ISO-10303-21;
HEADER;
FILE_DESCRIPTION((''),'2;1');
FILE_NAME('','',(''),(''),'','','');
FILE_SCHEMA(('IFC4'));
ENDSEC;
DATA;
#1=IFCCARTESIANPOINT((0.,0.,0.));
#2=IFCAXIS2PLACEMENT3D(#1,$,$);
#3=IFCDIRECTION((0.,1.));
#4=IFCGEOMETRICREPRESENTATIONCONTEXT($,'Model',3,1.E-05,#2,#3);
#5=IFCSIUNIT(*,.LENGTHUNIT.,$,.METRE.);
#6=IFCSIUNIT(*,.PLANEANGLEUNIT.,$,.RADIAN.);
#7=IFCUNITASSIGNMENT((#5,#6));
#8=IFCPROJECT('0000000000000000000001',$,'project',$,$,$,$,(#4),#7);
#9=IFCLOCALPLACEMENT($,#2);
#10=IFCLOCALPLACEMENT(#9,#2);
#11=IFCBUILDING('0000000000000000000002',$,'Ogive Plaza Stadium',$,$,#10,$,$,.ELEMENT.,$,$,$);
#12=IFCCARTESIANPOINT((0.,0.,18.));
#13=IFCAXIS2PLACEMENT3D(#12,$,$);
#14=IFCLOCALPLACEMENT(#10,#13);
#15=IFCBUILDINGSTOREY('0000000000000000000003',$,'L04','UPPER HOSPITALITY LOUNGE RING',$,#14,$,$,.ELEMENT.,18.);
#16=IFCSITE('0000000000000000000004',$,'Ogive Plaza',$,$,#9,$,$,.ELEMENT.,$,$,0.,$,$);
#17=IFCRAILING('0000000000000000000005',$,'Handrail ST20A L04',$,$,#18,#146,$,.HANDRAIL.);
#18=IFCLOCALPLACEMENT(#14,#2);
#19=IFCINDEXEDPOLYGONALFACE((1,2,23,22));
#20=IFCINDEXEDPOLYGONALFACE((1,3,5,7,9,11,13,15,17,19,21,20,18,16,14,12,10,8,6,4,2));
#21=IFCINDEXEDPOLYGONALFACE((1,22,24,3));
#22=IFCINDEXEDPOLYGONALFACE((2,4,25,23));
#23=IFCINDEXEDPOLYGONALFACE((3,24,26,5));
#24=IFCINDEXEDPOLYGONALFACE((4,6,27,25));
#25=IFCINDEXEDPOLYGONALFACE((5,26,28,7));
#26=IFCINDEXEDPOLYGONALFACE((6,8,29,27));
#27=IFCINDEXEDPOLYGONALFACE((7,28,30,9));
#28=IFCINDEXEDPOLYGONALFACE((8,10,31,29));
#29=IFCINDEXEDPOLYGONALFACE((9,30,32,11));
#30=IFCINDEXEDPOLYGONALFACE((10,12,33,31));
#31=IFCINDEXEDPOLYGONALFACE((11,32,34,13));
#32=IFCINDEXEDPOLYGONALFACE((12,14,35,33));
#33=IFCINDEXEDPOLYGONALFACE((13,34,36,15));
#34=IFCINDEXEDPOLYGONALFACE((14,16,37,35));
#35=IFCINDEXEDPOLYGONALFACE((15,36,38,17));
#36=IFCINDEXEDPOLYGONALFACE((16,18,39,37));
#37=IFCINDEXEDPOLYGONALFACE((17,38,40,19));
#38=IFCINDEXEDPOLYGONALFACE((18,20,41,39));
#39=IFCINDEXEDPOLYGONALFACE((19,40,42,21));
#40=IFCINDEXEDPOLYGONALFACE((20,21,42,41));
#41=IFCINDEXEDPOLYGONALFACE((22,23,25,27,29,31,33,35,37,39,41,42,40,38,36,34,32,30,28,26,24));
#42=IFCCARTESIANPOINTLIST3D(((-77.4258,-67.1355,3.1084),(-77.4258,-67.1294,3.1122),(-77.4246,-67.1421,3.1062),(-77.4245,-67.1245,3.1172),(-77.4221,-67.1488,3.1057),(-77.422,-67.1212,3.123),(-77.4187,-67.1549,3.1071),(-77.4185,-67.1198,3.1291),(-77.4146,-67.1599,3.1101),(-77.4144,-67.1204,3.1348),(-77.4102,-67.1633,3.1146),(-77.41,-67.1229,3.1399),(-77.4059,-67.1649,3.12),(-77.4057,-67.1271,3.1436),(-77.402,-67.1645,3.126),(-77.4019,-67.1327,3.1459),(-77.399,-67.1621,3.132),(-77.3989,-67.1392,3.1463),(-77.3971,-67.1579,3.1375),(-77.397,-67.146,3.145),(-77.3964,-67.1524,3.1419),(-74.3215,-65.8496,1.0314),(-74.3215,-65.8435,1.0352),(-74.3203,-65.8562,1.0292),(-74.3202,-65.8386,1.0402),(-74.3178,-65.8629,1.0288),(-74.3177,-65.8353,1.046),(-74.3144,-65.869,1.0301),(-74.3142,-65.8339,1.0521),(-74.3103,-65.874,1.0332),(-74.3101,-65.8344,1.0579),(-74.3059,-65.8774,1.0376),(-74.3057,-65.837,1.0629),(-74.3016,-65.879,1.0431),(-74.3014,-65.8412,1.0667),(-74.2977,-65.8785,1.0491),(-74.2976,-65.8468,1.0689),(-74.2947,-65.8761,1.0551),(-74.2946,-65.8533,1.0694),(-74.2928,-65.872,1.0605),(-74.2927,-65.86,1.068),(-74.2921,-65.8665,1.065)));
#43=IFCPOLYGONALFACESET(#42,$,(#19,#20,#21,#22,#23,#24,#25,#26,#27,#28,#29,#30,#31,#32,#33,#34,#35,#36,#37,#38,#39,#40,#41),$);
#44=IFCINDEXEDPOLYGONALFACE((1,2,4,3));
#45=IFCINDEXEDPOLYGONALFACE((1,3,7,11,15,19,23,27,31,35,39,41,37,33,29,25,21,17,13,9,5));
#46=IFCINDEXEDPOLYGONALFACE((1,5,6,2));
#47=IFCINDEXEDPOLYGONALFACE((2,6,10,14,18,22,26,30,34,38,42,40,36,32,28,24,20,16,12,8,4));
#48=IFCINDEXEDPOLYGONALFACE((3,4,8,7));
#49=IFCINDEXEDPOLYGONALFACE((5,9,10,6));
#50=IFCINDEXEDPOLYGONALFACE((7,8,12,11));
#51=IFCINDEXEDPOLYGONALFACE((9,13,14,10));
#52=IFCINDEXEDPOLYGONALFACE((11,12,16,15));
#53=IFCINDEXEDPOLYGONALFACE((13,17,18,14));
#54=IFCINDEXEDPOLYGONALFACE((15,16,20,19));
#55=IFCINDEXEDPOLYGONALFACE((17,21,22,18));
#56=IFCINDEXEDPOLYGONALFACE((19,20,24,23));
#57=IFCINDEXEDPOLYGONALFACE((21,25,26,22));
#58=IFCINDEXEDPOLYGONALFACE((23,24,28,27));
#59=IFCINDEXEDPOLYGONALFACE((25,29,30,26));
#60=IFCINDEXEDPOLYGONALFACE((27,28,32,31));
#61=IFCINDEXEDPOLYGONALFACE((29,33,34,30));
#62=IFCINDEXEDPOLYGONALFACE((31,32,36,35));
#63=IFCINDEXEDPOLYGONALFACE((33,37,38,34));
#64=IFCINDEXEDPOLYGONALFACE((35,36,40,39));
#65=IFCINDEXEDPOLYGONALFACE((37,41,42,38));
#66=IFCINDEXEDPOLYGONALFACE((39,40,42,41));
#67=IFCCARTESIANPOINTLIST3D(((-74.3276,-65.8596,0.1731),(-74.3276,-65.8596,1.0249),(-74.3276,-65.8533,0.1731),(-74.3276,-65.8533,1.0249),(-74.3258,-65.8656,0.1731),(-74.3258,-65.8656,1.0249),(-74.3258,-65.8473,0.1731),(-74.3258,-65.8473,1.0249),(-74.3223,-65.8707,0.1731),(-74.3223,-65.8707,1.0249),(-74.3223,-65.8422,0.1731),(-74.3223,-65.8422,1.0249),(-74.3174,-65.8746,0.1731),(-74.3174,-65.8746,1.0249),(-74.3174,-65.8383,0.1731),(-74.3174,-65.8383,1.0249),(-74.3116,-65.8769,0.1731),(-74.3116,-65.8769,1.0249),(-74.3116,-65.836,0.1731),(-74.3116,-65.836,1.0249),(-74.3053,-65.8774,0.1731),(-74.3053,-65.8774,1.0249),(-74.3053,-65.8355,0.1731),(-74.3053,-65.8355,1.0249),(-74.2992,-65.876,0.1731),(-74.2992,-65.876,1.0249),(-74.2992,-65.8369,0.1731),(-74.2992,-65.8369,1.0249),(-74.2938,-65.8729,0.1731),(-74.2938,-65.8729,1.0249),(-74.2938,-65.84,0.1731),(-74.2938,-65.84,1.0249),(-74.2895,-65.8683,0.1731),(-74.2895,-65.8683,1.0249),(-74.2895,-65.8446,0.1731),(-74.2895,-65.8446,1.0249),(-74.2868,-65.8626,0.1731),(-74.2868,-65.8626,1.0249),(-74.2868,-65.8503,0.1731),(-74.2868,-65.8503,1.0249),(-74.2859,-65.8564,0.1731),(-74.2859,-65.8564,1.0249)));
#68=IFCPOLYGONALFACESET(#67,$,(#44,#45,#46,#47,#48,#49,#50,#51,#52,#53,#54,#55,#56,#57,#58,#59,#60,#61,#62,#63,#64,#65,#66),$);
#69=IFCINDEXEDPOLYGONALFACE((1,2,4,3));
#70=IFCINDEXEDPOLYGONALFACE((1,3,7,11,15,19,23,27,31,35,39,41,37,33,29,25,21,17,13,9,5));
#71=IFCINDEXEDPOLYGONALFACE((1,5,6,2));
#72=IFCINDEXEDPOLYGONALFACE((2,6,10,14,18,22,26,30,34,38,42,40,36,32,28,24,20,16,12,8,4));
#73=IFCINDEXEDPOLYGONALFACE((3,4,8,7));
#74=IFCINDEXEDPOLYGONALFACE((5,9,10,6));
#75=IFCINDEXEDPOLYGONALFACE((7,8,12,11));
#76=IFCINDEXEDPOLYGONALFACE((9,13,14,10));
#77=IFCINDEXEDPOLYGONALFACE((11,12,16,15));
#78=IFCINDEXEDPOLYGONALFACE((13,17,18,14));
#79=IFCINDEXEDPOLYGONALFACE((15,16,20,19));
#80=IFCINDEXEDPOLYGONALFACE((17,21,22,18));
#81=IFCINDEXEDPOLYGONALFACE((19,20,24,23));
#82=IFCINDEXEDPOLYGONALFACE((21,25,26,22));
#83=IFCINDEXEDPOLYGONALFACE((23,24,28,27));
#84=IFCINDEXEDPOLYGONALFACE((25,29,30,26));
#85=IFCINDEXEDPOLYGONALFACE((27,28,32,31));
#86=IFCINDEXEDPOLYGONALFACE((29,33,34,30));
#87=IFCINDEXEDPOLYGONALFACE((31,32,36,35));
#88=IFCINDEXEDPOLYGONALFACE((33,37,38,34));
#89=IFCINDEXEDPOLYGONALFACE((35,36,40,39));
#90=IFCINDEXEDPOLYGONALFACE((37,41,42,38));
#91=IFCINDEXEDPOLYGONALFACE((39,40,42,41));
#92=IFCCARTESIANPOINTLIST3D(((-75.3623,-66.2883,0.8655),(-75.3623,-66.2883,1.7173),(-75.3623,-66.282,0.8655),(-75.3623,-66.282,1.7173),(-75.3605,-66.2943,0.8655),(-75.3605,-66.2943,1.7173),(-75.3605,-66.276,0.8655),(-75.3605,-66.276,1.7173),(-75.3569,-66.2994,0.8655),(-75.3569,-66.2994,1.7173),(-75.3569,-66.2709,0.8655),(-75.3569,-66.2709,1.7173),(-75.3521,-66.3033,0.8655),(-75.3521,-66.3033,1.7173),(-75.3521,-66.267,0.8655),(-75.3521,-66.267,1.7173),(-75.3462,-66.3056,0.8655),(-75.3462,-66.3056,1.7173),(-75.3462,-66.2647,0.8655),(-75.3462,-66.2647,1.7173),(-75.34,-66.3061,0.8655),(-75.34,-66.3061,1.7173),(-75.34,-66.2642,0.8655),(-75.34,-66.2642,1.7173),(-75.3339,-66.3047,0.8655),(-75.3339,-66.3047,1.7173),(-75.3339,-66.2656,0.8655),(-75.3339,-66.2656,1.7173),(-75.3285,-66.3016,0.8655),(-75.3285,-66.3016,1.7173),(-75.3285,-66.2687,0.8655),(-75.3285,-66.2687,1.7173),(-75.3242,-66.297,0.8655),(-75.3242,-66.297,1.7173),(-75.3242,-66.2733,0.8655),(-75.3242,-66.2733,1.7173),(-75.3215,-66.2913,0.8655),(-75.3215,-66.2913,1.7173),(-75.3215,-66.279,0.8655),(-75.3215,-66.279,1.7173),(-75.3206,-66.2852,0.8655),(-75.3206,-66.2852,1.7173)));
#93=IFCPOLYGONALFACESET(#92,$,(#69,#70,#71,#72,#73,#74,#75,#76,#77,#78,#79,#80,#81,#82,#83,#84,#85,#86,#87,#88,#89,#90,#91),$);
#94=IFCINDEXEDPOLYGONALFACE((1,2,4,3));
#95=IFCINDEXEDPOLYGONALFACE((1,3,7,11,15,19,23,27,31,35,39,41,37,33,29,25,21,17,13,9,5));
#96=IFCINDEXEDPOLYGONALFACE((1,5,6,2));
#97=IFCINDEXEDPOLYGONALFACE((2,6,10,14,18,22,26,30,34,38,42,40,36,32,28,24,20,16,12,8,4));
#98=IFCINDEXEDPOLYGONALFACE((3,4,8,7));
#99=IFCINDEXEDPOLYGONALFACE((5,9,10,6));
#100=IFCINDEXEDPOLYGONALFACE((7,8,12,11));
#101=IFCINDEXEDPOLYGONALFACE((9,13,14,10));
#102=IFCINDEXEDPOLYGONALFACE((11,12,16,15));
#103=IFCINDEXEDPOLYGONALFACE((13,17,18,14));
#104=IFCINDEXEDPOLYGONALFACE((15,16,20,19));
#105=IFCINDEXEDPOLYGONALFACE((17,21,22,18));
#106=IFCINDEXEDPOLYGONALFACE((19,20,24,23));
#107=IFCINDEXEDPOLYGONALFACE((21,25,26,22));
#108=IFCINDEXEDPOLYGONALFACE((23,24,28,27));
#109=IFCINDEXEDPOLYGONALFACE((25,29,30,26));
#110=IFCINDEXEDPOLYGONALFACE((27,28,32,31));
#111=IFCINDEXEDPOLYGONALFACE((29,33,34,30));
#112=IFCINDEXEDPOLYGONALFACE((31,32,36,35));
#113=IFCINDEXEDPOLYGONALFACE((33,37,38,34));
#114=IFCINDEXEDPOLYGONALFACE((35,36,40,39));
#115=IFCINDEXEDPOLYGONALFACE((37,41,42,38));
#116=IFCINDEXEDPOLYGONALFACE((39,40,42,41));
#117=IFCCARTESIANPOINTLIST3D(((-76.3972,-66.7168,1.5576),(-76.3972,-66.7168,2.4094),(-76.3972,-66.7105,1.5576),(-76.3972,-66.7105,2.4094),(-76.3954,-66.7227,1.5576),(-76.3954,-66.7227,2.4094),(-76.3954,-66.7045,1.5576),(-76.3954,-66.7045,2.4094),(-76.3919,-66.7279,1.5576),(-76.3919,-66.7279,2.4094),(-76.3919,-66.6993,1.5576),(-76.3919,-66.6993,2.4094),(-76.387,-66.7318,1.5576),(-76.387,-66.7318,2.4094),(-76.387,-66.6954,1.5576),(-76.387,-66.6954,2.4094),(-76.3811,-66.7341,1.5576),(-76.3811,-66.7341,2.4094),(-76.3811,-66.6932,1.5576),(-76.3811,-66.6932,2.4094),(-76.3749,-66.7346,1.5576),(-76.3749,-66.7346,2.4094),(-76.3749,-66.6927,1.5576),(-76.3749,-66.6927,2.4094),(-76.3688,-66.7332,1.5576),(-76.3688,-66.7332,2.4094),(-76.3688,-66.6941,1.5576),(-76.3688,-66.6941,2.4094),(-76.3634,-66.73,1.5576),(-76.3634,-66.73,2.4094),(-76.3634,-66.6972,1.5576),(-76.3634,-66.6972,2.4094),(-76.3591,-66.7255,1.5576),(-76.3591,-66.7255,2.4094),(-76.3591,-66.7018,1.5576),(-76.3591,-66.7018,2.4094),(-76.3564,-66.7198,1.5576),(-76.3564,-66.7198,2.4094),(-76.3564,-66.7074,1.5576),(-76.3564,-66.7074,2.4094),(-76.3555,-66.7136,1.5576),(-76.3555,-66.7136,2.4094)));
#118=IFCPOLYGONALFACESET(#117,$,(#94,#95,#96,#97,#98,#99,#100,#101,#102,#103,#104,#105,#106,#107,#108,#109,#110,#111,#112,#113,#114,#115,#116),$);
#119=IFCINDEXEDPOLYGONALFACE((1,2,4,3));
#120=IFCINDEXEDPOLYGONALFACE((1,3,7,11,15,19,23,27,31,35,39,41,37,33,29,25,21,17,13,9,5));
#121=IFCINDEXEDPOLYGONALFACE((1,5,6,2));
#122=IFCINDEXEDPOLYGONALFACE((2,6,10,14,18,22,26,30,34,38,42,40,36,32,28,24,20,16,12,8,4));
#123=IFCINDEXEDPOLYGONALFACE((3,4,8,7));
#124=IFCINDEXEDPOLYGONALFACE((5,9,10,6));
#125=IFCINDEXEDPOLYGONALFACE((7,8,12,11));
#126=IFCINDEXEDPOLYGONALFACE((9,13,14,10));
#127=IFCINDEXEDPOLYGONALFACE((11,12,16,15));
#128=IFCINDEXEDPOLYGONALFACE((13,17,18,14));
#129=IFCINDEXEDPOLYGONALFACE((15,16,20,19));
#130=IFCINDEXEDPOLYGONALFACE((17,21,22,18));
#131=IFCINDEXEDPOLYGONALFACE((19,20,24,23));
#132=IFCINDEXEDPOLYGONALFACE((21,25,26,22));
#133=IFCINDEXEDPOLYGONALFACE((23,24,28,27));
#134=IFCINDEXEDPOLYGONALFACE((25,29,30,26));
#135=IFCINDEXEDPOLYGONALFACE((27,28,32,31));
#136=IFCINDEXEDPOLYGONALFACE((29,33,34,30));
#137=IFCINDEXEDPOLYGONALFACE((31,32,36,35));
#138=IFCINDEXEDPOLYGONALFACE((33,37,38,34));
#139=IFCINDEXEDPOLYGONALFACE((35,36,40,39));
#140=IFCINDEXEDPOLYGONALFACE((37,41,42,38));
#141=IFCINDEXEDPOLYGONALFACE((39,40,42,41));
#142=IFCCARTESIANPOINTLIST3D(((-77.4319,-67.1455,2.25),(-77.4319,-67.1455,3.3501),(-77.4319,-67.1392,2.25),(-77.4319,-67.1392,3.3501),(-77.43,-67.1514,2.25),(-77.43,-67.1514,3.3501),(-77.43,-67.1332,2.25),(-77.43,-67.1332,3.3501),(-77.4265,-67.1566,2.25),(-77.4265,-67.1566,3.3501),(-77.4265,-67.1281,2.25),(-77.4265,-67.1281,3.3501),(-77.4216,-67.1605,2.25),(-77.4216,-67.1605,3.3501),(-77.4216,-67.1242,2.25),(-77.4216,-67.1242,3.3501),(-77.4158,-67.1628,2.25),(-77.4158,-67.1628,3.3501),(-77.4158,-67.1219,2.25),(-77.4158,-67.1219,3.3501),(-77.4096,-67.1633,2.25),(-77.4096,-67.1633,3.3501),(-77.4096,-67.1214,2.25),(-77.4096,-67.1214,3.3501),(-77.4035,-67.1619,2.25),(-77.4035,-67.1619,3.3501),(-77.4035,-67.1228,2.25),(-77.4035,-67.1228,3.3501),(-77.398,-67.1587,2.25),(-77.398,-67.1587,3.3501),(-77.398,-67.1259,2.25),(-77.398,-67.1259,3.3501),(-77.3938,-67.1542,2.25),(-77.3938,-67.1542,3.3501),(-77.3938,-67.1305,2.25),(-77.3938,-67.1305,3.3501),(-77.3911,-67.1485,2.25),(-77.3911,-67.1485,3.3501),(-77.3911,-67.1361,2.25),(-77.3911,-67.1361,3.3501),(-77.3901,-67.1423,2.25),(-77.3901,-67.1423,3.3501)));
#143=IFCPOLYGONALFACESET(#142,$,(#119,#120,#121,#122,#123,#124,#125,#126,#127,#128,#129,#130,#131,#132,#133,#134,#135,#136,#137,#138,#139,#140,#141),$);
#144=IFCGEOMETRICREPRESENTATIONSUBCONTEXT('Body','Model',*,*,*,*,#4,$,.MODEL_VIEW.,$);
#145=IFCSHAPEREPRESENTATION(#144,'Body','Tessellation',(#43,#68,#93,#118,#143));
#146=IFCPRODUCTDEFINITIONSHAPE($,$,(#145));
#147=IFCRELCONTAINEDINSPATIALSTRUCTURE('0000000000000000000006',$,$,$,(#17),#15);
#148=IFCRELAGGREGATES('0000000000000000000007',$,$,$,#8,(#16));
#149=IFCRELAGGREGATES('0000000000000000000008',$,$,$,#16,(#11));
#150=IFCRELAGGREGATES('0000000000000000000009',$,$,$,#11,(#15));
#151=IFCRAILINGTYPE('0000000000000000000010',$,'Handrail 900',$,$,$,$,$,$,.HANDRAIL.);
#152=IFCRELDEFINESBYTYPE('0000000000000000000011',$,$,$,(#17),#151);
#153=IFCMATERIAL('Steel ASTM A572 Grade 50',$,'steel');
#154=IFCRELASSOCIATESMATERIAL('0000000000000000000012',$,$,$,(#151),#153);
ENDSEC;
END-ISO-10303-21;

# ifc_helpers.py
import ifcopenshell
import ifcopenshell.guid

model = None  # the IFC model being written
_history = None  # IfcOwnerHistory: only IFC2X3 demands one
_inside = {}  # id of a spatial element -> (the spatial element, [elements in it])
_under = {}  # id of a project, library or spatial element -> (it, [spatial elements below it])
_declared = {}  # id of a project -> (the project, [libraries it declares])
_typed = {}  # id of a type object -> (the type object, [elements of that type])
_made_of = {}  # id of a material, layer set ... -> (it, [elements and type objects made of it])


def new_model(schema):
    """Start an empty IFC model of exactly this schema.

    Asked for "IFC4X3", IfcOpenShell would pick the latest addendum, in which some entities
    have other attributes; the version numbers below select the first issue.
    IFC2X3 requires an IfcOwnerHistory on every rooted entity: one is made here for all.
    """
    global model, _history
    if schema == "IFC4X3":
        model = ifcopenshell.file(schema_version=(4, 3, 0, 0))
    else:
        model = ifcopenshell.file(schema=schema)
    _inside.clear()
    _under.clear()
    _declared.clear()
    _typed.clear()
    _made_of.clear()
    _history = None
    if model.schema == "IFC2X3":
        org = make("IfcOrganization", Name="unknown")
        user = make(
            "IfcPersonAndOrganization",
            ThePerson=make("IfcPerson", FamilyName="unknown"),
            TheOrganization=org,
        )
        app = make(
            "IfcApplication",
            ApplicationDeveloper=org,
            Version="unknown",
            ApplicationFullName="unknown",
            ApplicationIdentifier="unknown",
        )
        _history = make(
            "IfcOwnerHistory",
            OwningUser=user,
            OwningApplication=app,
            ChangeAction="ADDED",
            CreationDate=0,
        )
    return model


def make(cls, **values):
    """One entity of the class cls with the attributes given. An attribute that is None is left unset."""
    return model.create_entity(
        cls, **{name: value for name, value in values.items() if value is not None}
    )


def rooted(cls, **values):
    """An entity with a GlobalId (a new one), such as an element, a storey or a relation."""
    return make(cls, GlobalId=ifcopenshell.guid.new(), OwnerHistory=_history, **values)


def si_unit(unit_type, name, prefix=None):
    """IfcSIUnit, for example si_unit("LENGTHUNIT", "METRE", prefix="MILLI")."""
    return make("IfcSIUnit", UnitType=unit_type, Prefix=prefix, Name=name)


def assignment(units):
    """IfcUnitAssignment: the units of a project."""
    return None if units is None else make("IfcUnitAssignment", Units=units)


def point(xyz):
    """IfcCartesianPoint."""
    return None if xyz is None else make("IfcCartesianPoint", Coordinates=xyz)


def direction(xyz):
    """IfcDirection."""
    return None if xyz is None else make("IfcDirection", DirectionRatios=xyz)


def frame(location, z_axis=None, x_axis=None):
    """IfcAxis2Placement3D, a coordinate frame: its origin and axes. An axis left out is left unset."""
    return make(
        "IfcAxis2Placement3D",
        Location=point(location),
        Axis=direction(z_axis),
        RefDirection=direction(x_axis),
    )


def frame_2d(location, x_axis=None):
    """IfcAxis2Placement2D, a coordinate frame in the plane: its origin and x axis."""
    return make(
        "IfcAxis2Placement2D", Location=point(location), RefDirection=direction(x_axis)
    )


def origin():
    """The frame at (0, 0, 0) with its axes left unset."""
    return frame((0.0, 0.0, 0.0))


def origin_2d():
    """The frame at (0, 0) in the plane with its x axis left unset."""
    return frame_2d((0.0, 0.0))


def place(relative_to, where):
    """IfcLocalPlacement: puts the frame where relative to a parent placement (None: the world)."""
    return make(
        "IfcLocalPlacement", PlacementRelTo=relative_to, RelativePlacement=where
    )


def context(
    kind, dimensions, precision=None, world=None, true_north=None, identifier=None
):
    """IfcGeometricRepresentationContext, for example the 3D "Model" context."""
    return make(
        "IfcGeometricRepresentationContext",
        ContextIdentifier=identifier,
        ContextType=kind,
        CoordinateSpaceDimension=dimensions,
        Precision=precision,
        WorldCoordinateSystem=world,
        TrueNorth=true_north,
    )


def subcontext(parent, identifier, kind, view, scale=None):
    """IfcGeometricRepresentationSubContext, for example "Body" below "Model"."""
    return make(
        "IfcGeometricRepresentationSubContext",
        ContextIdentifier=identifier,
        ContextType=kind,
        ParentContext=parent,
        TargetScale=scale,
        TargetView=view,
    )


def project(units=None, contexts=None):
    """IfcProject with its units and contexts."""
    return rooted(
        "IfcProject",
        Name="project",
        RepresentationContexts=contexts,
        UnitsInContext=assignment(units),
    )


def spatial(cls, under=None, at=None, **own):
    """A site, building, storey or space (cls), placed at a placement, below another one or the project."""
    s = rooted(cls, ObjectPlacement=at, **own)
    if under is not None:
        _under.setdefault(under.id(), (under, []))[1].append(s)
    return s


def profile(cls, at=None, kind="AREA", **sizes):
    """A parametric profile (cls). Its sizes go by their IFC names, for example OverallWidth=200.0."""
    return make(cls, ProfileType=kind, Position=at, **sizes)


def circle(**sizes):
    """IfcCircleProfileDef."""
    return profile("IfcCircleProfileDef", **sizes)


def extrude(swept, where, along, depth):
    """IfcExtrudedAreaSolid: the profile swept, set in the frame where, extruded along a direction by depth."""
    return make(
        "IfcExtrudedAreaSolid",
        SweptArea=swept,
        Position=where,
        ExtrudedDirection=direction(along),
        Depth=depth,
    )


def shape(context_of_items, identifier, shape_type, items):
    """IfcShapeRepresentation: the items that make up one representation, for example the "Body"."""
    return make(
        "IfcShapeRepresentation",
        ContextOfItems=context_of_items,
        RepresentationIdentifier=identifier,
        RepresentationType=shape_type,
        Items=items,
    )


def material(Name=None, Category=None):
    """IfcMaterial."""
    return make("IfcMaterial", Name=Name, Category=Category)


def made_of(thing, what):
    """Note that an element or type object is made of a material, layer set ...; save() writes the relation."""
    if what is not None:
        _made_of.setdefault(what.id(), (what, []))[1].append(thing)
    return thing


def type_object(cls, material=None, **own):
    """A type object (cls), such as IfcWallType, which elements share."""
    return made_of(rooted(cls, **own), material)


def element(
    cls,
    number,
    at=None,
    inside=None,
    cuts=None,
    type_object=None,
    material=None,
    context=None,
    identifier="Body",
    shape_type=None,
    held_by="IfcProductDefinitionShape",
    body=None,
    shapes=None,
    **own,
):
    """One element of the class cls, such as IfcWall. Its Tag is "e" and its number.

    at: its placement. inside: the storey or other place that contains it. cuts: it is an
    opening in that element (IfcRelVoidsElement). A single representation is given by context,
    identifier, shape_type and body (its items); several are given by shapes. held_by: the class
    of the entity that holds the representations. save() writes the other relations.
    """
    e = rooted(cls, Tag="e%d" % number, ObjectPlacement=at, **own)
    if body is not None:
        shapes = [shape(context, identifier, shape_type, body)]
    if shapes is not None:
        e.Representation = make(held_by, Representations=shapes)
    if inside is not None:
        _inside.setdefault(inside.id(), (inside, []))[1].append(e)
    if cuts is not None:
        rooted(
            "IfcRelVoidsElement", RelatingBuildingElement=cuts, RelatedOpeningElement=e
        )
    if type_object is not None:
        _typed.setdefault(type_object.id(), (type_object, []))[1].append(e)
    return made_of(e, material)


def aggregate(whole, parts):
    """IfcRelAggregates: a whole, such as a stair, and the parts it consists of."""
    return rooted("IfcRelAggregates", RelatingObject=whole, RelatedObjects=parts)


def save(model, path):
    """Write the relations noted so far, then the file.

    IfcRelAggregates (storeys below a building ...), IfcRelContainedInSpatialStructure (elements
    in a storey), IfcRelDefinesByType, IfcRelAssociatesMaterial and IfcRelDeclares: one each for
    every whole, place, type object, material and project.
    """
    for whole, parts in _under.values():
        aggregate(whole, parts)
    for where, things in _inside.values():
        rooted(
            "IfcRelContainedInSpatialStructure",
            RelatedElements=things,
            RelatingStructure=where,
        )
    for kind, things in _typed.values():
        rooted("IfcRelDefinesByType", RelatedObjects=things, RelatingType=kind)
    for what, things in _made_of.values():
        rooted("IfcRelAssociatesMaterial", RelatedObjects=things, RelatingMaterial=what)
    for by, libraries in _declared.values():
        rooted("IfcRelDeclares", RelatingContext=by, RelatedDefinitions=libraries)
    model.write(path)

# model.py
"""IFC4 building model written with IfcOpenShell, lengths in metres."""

from ifc_helpers import new_model, si_unit, direction, frame, origin, origin_2d, place, context, subcontext, project, spatial, circle, extrude, material, type_object, element, save


model = new_model("IFC4")

# Units and contexts
model_context = context("Model", 3, precision=1e-05, world=origin(), true_north=direction((0.0, 1.0)))
body_context = subcontext(model_context, "Body", "Model", "MODEL_VIEW")
ifc_project = project(units=[si_unit("LENGTHUNIT", "METRE"), si_unit("PLANEANGLEUNIT", "RADIAN")], contexts=[model_context])

# Site, building, storey
site_placement = place(None, origin())
site = spatial("IfcSite", under=ifc_project, at=site_placement, Name="Ogive Plaza", CompositionType="ELEMENT", RefElevation=0.0)
building_placement = place(site_placement, origin())
building = spatial("IfcBuilding", under=site, at=building_placement, Name="Ogive Plaza Stadium", CompositionType="ELEMENT")
storey_placement = place(building_placement, frame((0.0, 0.0, 18.0)))
storey = spatial("IfcBuildingStorey", under=building, at=storey_placement, Name="L04", Description="UPPER HOSPITALITY LOUNGE RING", CompositionType="ELEMENT", Elevation=18.0)

# Railing
ifc_material_1 = material(Name="Steel ASTM A572 Grade 50", Category="steel")
railing_type_1 = type_object("IfcRailingType", Name="Handrail 900", PredefinedType="HANDRAIL", material=ifc_material_1)
for number, where, name in (
    (1, (-74.3069, -65.8564, 0.1731), "Handrail ST20A L04"),
):
    element("IfcRailing", number, at=place(storey_placement, frame(where)), inside=storey, type_object=railing_type_1, Name=name, PredefinedType="HANDRAIL", context=body_context, shape_type="SweptSolid", body=[
        extrude(circle(Radius=0.0239, at=origin_2d()), frame((0.0, 0.0, 0.876), z_axis=(-0.785863, -0.325532, 0.525783), x_axis=(0.3827, -0.923872, 0.0)), (0.0, 0.0, 1.0), 3.9502),
        extrude(circle(Radius=0.021, at=origin_2d()), origin(), (0.0, 0.0, 1.0), 0.8518),
        extrude(circle(Radius=0.021, at=origin_2d()), frame((-1.0347, -0.4287, 0.6924)), (0.0, 0.0, 1.0), 0.8518),
        extrude(circle(Radius=0.021, at=origin_2d()), frame((-2.0696, -0.8572, 1.3845)), (0.0, 0.0, 1.0), 0.8518),
        extrude(circle(Radius=0.021, at=origin_2d()), frame((-3.1042, -1.2859, 2.0769)), (0.0, 0.0, 1.0), 1.1001),
    ])

save(model, "model.ifc")
